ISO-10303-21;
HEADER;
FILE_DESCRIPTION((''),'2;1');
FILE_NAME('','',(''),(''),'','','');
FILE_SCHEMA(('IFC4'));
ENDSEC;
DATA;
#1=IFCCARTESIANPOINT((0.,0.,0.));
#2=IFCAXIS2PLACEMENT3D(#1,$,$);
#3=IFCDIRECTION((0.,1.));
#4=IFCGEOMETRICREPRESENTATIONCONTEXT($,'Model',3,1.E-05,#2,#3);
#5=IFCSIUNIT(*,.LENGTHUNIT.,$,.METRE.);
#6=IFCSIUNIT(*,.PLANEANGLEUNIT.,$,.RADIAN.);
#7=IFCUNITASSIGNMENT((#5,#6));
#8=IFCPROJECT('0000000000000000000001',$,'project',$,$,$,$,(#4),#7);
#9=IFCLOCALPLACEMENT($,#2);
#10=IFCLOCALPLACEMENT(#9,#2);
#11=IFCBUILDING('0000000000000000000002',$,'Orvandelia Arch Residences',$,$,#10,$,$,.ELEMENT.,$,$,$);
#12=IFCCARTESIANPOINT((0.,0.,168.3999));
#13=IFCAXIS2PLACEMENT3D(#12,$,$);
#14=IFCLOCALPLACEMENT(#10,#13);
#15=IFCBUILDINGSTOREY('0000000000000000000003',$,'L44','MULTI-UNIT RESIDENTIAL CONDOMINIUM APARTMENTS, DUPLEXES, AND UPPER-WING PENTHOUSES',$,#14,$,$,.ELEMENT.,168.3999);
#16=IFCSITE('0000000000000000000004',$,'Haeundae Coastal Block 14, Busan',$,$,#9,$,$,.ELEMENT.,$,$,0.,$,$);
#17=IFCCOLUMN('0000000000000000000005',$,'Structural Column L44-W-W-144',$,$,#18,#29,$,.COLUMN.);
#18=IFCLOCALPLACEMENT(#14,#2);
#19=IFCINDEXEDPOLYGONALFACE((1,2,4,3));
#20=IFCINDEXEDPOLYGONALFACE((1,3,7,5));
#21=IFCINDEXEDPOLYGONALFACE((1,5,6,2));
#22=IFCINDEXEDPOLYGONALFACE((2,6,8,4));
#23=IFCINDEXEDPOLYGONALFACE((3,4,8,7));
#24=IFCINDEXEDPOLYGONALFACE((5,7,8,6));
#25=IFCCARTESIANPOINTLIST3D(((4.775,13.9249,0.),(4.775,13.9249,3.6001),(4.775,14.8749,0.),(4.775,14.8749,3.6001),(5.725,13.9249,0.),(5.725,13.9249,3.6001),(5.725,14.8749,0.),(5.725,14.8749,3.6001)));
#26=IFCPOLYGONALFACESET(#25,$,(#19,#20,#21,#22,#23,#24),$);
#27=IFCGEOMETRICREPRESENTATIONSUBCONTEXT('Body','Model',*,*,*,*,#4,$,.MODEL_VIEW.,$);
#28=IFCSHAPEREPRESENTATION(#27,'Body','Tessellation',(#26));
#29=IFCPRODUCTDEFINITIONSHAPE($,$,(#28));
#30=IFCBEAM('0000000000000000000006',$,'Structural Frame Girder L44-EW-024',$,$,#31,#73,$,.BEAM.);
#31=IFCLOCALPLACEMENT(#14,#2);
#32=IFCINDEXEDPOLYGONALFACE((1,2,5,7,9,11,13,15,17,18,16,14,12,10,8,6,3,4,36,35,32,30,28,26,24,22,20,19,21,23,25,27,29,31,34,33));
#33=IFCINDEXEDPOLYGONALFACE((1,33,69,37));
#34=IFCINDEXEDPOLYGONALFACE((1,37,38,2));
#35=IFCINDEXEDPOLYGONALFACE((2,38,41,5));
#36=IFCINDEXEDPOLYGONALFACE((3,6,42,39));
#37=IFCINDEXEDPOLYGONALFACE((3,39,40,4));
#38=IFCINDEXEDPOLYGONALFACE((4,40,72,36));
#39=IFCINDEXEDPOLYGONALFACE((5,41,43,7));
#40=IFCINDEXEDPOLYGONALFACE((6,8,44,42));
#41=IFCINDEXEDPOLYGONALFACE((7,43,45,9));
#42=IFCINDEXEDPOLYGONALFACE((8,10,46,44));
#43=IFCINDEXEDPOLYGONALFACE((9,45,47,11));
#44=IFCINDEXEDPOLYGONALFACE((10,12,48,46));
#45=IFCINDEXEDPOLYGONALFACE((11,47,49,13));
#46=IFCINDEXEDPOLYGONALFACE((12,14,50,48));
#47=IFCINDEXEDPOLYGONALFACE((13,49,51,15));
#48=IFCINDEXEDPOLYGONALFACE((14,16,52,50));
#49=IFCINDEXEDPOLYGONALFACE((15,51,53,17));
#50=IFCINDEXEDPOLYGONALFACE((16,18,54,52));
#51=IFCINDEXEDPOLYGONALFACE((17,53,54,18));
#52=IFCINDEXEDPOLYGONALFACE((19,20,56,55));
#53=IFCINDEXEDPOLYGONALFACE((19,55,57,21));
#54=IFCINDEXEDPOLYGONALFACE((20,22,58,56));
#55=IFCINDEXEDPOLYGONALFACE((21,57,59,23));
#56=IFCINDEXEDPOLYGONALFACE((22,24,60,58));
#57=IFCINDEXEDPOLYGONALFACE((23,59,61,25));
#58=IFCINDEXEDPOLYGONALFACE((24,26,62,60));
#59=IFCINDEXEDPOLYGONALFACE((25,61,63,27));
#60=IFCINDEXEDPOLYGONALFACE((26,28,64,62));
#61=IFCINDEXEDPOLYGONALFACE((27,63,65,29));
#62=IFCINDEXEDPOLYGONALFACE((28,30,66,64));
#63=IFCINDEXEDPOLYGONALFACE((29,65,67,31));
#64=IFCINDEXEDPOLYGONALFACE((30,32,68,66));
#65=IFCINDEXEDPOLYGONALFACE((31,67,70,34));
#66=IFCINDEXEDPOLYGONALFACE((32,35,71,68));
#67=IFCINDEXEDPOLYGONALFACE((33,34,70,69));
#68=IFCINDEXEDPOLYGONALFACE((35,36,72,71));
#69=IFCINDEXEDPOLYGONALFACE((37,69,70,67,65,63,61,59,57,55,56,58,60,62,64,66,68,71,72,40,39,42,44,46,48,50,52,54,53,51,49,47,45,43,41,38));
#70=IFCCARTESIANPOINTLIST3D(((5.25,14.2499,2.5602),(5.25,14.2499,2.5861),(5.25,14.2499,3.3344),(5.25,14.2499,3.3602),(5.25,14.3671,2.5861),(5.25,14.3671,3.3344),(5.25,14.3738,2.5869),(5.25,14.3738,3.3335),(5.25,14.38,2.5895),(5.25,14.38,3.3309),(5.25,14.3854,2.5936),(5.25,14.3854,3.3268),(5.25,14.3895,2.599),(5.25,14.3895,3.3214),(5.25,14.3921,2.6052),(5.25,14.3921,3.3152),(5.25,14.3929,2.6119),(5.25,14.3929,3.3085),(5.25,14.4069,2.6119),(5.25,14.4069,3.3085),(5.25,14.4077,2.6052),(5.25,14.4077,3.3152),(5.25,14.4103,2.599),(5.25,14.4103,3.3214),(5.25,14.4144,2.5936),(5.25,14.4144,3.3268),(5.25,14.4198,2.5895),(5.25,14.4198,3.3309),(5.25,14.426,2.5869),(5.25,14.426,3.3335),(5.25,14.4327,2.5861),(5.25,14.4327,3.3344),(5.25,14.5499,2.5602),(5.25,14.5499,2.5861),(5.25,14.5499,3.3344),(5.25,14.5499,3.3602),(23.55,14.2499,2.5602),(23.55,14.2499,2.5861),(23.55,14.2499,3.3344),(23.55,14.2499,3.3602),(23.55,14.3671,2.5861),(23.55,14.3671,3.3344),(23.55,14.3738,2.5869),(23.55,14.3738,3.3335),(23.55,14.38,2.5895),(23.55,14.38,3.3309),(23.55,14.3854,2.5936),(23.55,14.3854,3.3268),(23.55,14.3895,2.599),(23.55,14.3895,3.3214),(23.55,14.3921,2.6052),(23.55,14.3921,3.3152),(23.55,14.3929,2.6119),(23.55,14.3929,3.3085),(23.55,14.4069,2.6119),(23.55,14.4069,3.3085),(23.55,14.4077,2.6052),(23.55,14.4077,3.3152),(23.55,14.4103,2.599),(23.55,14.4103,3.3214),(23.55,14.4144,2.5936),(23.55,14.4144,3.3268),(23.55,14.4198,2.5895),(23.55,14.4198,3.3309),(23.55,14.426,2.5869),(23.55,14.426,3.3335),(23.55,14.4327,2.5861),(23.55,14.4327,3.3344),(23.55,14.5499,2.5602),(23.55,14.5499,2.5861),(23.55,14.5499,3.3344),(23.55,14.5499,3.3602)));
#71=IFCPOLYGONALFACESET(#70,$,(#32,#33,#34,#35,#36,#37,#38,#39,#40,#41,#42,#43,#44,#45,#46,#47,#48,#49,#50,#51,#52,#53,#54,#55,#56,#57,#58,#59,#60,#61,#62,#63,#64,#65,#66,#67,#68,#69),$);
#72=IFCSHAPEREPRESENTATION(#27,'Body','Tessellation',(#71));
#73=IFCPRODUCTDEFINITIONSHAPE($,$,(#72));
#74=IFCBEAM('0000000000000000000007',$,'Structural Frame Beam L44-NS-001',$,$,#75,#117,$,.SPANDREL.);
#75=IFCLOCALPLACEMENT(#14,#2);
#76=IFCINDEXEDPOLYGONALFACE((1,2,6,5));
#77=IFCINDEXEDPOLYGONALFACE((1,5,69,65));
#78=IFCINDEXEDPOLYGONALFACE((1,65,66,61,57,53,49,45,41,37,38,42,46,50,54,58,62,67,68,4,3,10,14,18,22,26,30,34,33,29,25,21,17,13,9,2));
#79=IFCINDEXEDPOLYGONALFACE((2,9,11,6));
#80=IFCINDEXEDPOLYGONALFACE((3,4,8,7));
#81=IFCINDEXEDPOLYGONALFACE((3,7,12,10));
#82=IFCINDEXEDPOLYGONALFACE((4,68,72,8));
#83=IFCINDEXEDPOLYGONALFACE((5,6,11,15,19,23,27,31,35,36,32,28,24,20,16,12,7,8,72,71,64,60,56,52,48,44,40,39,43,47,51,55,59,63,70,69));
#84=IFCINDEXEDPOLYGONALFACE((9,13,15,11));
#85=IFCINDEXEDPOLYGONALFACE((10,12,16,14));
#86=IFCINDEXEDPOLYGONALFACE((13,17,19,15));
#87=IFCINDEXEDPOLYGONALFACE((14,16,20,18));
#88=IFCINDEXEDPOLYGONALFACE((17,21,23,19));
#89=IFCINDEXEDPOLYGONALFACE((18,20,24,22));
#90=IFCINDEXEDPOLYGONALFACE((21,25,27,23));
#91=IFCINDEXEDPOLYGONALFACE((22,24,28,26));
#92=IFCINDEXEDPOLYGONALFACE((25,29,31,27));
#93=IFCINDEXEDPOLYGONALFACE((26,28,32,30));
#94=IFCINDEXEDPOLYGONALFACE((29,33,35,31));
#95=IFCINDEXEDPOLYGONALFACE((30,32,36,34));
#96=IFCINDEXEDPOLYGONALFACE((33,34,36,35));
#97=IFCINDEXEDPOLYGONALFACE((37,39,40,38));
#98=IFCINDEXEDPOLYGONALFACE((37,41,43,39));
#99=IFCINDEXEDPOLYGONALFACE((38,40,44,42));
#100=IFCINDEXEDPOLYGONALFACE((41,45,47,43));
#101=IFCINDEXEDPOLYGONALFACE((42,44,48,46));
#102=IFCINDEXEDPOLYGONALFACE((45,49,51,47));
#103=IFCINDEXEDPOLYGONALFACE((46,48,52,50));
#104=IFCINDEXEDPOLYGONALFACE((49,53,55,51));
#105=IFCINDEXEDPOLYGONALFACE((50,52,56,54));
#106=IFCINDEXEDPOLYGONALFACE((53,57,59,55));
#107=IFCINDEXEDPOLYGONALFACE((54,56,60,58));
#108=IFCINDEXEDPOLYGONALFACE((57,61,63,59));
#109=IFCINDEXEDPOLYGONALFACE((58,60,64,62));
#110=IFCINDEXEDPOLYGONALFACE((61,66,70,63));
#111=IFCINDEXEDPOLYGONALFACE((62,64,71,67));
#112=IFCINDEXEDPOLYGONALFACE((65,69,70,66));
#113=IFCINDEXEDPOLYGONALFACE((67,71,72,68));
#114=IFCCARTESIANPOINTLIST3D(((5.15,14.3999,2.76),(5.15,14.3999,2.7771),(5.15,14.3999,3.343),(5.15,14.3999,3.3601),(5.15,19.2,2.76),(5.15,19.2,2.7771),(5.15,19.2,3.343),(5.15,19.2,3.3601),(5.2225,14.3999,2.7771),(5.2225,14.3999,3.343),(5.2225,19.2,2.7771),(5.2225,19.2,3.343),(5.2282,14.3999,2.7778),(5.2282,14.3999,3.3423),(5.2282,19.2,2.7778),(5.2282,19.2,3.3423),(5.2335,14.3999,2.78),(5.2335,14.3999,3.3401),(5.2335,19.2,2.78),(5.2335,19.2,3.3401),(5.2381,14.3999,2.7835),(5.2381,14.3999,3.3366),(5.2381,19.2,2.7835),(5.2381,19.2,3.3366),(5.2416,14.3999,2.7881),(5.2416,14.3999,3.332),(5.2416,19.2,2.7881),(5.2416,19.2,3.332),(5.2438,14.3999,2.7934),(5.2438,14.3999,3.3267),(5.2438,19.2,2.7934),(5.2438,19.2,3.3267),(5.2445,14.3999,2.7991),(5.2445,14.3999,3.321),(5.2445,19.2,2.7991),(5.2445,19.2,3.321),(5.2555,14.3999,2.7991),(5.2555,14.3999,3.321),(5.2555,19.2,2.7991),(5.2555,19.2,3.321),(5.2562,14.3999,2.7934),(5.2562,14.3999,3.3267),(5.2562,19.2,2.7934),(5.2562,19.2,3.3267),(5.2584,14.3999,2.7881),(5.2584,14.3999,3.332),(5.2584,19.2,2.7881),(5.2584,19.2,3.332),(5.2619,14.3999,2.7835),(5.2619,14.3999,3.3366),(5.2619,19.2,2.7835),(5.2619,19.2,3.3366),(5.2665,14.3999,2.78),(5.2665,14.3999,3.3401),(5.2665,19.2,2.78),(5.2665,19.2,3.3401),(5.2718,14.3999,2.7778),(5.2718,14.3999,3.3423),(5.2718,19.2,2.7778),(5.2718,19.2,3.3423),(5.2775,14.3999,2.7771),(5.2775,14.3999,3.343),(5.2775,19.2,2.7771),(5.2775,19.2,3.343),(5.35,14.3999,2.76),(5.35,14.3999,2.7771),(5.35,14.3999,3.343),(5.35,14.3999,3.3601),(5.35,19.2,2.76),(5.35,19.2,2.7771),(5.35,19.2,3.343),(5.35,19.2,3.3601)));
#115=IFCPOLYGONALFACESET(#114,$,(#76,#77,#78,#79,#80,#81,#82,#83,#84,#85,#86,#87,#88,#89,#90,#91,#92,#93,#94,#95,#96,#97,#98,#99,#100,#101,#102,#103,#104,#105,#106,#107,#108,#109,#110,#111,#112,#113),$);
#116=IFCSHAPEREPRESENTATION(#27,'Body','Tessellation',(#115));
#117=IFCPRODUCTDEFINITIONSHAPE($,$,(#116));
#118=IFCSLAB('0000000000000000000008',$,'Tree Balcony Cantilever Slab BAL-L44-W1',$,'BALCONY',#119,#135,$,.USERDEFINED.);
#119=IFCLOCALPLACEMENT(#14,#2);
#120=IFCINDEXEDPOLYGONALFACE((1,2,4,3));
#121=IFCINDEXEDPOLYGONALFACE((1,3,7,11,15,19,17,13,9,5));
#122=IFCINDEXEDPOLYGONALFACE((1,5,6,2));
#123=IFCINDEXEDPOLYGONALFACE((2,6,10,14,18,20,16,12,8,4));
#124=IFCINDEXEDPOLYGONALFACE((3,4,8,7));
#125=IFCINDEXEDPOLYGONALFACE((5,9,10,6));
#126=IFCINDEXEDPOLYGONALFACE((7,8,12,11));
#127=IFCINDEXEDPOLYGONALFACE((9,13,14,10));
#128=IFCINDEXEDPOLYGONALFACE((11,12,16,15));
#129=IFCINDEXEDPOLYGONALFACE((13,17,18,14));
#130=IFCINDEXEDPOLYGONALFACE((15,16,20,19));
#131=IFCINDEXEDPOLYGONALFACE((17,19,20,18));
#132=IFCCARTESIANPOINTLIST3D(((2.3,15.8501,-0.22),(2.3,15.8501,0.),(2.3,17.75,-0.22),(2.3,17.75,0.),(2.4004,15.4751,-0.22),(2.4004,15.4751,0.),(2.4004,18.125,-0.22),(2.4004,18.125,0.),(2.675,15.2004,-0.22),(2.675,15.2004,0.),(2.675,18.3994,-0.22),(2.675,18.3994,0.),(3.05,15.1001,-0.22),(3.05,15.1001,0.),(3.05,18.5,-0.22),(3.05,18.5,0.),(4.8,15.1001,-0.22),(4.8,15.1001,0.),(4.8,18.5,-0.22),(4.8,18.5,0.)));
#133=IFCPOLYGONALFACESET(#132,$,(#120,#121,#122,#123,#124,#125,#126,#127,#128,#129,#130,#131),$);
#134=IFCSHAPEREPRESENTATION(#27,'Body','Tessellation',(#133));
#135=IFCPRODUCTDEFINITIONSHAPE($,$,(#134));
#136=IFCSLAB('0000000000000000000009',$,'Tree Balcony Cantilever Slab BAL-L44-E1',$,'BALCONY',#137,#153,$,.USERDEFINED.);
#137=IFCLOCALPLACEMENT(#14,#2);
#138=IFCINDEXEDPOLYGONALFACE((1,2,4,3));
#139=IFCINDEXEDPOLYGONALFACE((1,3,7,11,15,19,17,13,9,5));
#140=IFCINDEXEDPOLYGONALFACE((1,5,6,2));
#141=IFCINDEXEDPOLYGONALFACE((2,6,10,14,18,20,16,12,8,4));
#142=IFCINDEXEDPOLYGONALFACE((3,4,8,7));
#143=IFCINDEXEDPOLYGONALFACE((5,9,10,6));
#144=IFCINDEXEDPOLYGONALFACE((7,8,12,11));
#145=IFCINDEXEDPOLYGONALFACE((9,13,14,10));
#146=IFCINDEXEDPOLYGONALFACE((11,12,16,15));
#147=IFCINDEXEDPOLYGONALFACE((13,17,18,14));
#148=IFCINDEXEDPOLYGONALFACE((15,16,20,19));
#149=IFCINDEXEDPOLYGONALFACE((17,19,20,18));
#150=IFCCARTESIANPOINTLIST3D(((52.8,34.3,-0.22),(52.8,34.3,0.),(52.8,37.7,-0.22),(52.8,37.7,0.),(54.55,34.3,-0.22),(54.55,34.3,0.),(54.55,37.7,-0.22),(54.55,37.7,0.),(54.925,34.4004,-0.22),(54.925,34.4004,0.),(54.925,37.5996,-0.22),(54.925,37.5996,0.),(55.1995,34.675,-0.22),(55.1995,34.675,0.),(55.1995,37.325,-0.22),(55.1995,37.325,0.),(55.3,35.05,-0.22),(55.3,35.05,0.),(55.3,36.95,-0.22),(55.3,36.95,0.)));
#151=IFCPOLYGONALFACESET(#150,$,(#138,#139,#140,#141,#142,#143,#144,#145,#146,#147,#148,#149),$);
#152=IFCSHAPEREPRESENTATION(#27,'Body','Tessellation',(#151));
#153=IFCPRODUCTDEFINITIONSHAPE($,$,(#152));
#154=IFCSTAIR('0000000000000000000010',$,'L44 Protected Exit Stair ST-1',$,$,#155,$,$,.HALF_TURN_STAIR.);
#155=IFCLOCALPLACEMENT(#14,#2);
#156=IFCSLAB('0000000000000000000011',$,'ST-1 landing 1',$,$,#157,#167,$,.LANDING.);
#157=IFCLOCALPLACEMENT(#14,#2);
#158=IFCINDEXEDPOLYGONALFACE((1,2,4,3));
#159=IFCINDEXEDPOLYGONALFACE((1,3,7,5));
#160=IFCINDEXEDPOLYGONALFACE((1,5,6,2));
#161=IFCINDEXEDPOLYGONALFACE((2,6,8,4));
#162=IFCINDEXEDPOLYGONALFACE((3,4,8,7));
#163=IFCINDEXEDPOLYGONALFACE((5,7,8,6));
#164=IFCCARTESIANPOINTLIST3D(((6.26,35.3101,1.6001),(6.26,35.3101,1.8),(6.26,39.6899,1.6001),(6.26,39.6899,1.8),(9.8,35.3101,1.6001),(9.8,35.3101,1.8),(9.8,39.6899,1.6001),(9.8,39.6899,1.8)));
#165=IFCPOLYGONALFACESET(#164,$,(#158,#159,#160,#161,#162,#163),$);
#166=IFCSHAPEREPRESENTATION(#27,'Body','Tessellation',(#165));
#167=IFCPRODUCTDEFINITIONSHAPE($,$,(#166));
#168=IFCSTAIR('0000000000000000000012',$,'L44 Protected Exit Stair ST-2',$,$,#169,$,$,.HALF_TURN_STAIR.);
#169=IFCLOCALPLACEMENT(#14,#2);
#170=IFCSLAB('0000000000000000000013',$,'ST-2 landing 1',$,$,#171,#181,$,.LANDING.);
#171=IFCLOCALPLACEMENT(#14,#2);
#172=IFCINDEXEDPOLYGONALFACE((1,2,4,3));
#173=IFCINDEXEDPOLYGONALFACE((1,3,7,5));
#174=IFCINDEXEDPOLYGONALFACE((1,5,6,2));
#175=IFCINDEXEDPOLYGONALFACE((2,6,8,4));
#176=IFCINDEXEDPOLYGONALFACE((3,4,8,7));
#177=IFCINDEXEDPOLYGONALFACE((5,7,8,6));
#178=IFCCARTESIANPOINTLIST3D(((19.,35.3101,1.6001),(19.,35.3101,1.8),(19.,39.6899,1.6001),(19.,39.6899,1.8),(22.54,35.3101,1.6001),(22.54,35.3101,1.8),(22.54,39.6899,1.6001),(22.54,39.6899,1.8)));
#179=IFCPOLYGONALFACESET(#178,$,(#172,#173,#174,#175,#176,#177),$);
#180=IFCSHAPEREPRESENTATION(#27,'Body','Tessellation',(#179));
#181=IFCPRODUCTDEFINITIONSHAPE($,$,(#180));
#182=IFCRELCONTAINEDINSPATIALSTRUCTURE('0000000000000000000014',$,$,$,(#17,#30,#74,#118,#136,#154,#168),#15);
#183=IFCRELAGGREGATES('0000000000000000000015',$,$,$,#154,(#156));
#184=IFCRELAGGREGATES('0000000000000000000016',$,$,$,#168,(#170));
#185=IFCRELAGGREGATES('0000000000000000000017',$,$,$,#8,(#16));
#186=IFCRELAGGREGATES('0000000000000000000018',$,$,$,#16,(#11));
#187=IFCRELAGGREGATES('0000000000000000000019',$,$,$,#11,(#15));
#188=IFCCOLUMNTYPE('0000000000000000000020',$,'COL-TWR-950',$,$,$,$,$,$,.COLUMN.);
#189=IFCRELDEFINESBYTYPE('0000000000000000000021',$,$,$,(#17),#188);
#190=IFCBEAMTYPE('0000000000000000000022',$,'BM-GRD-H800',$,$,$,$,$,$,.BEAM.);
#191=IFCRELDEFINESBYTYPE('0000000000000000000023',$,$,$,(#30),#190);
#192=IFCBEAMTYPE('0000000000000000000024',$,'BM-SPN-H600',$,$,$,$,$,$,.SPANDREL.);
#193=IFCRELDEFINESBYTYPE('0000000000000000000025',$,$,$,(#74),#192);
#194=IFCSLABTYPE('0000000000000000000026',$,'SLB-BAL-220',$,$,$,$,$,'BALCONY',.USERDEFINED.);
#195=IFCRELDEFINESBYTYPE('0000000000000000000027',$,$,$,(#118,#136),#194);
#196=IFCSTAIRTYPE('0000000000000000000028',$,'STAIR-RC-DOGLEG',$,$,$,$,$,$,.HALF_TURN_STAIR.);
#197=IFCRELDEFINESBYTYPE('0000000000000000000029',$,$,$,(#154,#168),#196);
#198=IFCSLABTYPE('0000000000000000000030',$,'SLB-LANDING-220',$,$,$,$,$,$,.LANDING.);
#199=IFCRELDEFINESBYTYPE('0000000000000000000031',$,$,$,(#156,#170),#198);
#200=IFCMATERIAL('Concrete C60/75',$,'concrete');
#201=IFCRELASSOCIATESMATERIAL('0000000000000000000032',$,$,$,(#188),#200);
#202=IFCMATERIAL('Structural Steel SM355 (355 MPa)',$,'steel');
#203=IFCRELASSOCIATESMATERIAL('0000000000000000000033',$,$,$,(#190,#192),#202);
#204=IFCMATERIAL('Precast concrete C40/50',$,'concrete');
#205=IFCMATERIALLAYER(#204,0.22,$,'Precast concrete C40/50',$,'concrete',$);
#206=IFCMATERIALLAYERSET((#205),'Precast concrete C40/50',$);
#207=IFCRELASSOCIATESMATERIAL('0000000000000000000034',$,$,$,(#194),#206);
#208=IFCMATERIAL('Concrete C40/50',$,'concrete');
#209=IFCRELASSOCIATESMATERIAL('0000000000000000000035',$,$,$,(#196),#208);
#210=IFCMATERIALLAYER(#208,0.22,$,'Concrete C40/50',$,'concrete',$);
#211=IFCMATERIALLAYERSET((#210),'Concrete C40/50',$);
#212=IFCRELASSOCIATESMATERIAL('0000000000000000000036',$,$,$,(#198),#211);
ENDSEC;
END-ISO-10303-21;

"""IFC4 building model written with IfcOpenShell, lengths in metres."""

from ifc_helpers import new_model, si_unit, direction, frame, origin, origin_2d, place, context, subcontext, project, spatial, polyline, rectangle, i_section, outline, extrude, material, layer, layer_set, material_profile, profile_set, type_object, element, aggregate, save


model = new_model("IFC4")

# Units and contexts
model_context = context("Model", 3, precision=1e-05, world=origin(), true_north=direction((0.0, 1.0)))
body_context = subcontext(model_context, "Body", "Model", "MODEL_VIEW")
ifc_project = project(units=[si_unit("LENGTHUNIT", "METRE"), si_unit("PLANEANGLEUNIT", "RADIAN")], contexts=[model_context])

# Site, building, storey
site_placement = place(None, origin())
site = spatial("IfcSite", under=ifc_project, at=site_placement, Name="Haeundae Coastal Block 14, Busan", CompositionType="ELEMENT", RefElevation=0.0)
building_placement = place(site_placement, origin())
building = spatial("IfcBuilding", under=site, at=building_placement, Name="Orvandelia Arch Residences", CompositionType="ELEMENT")
storey_placement = place(building_placement, frame((0.0, 0.0, 168.3999)))
storey = spatial("IfcBuildingStorey", under=building, at=storey_placement, Name="L44", Description="MULTI-UNIT RESIDENTIAL CONDOMINIUM APARTMENTS, DUPLEXES, AND UPPER-WING PENTHOUSES", CompositionType="ELEMENT", Elevation=168.3999)

# Column
ifc_material_1 = material(Name="Concrete C60/75", Category="concrete")
ifc_material_profile_1 = material_profile(ifc_material_1, rectangle(XDim=0.95, YDim=0.95, at=origin_2d()), Name="Concrete C60/75", Category="concrete")
ifc_profile_set_1 = profile_set([ifc_material_profile_1], Name="Concrete C60/75")
column_type = type_object("IfcColumnType", Name="COL-TWR-950", PredefinedType="COLUMN", material=ifc_profile_set_1)
column_placement = place(storey_placement, frame((5.25, 14.3999, 0.0), z_axis=(0.0, 0.0, 1.0), x_axis=(1.0, 0.0, 0.0)))
element("IfcColumn", 1, at=column_placement, inside=storey, type_object=column_type, Name="Structural Column L44-W-W-144", PredefinedType="COLUMN", context=body_context, shape_type="SweptSolid", body=[
    extrude(rectangle(XDim=0.95, YDim=0.95, at=origin_2d()), origin(), (0.0, 0.0, 1.0), 3.6001),
])

# Beams
ifc_material_2 = material(Name="Structural Steel SM355 (355 MPa)", Category="steel")
ifc_material_profile_2 = material_profile(ifc_material_2, i_section(OverallWidth=0.3, OverallDepth=0.8, WebThickness=0.0139, FlangeThickness=0.0259, FilletRadius=0.0259, at=origin_2d()), Name="Structural Steel SM355 (355 MPa)", Category="steel")
ifc_profile_set_2 = profile_set([ifc_material_profile_2], Name="Structural Steel SM355 (355 MPa)")
beam_type_1 = type_object("IfcBeamType", Name="BM-GRD-H800", PredefinedType="BEAM", material=ifc_profile_set_2)
beam_1_placement = place(storey_placement, frame((5.25, 14.3999, 2.9602), z_axis=(1.0, 0.0, 0.0), x_axis=(0.0, 1.0, 0.0)))
element("IfcBeam", 2, at=beam_1_placement, inside=storey, type_object=beam_type_1, Name="Structural Frame Girder L44-EW-024", PredefinedType="BEAM", context=body_context, shape_type="SweptSolid", body=[
    extrude(i_section(OverallWidth=0.3, OverallDepth=0.8, WebThickness=0.0139, FlangeThickness=0.0259, FilletRadius=0.0259, at=origin_2d()), origin(), (0.0, 0.0, 1.0), 18.3),
])
ifc_material_profile_3 = material_profile(ifc_material_2, i_section(OverallWidth=0.2, OverallDepth=0.6001, WebThickness=0.011, FlangeThickness=0.0171, FilletRadius=0.022, at=origin_2d()), Name="Structural Steel SM355 (355 MPa)", Category="steel")
ifc_profile_set_3 = profile_set([ifc_material_profile_3], Name="Structural Steel SM355 (355 MPa)")
beam_type_2 = type_object("IfcBeamType", Name="BM-SPN-H600", PredefinedType="SPANDREL", material=ifc_profile_set_3)
beam_2_placement = place(storey_placement, frame((5.25, 14.3999, 3.0601), z_axis=(0.0, 1.0, 0.0), x_axis=(-1.0, 0.0, 0.0)))
element("IfcBeam", 3, at=beam_2_placement, inside=storey, type_object=beam_type_2, Name="Structural Frame Beam L44-NS-001", PredefinedType="SPANDREL", context=body_context, shape_type="SweptSolid", body=[
    extrude(i_section(OverallWidth=0.2, OverallDepth=0.6001, WebThickness=0.011, FlangeThickness=0.0171, FilletRadius=0.022, at=origin_2d()), origin(), (0.0, 0.0, 1.0), 4.8),
])

# Slabs
ifc_material_3 = material(Name="Precast concrete C40/50", Category="concrete")
ifc_layer_1 = layer(ifc_material_3, 0.22, Name="Precast concrete C40/50", Category="concrete")
ifc_layer_set_1 = layer_set([ifc_layer_1], Name="Precast concrete C40/50")
slab_type_1 = type_object("IfcSlabType", Name="SLB-BAL-220", ElementType="BALCONY", PredefinedType="USERDEFINED", material=ifc_layer_set_1)
slab_1_placement = place(storey_placement, frame((0.0, 0.0, -0.22)))
element("IfcSlab", 4, at=slab_1_placement, inside=storey, type_object=slab_type_1, Name="Tree Balcony Cantilever Slab BAL-L44-W1", ObjectType="BALCONY", PredefinedType="USERDEFINED", context=body_context, shape_type="SweptSolid", body=[
    extrude(outline(polyline([(4.8, 15.1001), (4.8, 18.5), (3.05, 18.5), (2.675, 18.3994), (2.4004, 18.125), (2.3, 17.75), (2.3, 15.8501), (2.4004, 15.4751), (2.675, 15.2004), (3.05, 15.1001), (4.8, 15.1001)])), origin(), (0.0, 0.0, 1.0), 0.22),
])
slab_2_placement = place(storey_placement, frame((0.0, 0.0, -0.22)))
element("IfcSlab", 5, at=slab_2_placement, inside=storey, type_object=slab_type_1, Name="Tree Balcony Cantilever Slab BAL-L44-E1", ObjectType="BALCONY", PredefinedType="USERDEFINED", context=body_context, shape_type="SweptSolid", body=[
    extrude(outline(polyline([(52.8, 37.7), (52.8, 34.3), (54.55, 34.3), (54.925, 34.4004), (55.1995, 34.675), (55.3, 35.05), (55.3, 36.95), (55.1995, 37.325), (54.925, 37.5996), (54.55, 37.7), (52.8, 37.7)])), origin(), (0.0, 0.0, 1.0), 0.22),
])

# Stairs, slabs
ifc_material_4 = material(Name="Concrete C40/50", Category="concrete")
stair_type = type_object("IfcStairType", Name="STAIR-RC-DOGLEG", PredefinedType="HALF_TURN_STAIR", material=ifc_material_4)
stair_1_placement = place(storey_placement, origin())
stair_1 = element("IfcStair", 6, at=stair_1_placement, inside=storey, type_object=stair_type, Name="L44 Protected Exit Stair ST-1", PredefinedType="HALF_TURN_STAIR")
ifc_layer_2 = layer(ifc_material_4, 0.22, Name="Concrete C40/50", Category="concrete")
ifc_layer_set_2 = layer_set([ifc_layer_2], Name="Concrete C40/50")
slab_type_2 = type_object("IfcSlabType", Name="SLB-LANDING-220", PredefinedType="LANDING", material=ifc_layer_set_2)
slab_3_placement = place(storey_placement, frame((0.0, 0.0, 1.6001)))
slab_3 = element("IfcSlab", 7, at=slab_3_placement, type_object=slab_type_2, Name="ST-1 landing 1", PredefinedType="LANDING", context=body_context, shape_type="SweptSolid", body=[
    extrude(outline(polyline([(9.8, 35.3101), (9.8, 39.6899), (6.26, 39.6899), (6.26, 35.3101), (9.8, 35.3101)])), origin(), (0.0, 0.0, 1.0), 0.2),
])
aggregate(stair_1, [slab_3])
stair_2_placement = place(storey_placement, origin())
stair_2 = element("IfcStair", 8, at=stair_2_placement, inside=storey, type_object=stair_type, Name="L44 Protected Exit Stair ST-2", PredefinedType="HALF_TURN_STAIR")
slab_4_placement = place(storey_placement, frame((0.0, 0.0, 1.6001)))
slab_4 = element("IfcSlab", 9, at=slab_4_placement, type_object=slab_type_2, Name="ST-2 landing 1", PredefinedType="LANDING", context=body_context, shape_type="SweptSolid", body=[
    extrude(outline(polyline([(22.54, 35.3101), (22.54, 39.6899), (19.0, 39.6899), (19.0, 35.3101), (22.54, 35.3101)])), origin(), (0.0, 0.0, 1.0), 0.2),
])
aggregate(stair_2, [slab_4])

save(model, "model.ifc")
